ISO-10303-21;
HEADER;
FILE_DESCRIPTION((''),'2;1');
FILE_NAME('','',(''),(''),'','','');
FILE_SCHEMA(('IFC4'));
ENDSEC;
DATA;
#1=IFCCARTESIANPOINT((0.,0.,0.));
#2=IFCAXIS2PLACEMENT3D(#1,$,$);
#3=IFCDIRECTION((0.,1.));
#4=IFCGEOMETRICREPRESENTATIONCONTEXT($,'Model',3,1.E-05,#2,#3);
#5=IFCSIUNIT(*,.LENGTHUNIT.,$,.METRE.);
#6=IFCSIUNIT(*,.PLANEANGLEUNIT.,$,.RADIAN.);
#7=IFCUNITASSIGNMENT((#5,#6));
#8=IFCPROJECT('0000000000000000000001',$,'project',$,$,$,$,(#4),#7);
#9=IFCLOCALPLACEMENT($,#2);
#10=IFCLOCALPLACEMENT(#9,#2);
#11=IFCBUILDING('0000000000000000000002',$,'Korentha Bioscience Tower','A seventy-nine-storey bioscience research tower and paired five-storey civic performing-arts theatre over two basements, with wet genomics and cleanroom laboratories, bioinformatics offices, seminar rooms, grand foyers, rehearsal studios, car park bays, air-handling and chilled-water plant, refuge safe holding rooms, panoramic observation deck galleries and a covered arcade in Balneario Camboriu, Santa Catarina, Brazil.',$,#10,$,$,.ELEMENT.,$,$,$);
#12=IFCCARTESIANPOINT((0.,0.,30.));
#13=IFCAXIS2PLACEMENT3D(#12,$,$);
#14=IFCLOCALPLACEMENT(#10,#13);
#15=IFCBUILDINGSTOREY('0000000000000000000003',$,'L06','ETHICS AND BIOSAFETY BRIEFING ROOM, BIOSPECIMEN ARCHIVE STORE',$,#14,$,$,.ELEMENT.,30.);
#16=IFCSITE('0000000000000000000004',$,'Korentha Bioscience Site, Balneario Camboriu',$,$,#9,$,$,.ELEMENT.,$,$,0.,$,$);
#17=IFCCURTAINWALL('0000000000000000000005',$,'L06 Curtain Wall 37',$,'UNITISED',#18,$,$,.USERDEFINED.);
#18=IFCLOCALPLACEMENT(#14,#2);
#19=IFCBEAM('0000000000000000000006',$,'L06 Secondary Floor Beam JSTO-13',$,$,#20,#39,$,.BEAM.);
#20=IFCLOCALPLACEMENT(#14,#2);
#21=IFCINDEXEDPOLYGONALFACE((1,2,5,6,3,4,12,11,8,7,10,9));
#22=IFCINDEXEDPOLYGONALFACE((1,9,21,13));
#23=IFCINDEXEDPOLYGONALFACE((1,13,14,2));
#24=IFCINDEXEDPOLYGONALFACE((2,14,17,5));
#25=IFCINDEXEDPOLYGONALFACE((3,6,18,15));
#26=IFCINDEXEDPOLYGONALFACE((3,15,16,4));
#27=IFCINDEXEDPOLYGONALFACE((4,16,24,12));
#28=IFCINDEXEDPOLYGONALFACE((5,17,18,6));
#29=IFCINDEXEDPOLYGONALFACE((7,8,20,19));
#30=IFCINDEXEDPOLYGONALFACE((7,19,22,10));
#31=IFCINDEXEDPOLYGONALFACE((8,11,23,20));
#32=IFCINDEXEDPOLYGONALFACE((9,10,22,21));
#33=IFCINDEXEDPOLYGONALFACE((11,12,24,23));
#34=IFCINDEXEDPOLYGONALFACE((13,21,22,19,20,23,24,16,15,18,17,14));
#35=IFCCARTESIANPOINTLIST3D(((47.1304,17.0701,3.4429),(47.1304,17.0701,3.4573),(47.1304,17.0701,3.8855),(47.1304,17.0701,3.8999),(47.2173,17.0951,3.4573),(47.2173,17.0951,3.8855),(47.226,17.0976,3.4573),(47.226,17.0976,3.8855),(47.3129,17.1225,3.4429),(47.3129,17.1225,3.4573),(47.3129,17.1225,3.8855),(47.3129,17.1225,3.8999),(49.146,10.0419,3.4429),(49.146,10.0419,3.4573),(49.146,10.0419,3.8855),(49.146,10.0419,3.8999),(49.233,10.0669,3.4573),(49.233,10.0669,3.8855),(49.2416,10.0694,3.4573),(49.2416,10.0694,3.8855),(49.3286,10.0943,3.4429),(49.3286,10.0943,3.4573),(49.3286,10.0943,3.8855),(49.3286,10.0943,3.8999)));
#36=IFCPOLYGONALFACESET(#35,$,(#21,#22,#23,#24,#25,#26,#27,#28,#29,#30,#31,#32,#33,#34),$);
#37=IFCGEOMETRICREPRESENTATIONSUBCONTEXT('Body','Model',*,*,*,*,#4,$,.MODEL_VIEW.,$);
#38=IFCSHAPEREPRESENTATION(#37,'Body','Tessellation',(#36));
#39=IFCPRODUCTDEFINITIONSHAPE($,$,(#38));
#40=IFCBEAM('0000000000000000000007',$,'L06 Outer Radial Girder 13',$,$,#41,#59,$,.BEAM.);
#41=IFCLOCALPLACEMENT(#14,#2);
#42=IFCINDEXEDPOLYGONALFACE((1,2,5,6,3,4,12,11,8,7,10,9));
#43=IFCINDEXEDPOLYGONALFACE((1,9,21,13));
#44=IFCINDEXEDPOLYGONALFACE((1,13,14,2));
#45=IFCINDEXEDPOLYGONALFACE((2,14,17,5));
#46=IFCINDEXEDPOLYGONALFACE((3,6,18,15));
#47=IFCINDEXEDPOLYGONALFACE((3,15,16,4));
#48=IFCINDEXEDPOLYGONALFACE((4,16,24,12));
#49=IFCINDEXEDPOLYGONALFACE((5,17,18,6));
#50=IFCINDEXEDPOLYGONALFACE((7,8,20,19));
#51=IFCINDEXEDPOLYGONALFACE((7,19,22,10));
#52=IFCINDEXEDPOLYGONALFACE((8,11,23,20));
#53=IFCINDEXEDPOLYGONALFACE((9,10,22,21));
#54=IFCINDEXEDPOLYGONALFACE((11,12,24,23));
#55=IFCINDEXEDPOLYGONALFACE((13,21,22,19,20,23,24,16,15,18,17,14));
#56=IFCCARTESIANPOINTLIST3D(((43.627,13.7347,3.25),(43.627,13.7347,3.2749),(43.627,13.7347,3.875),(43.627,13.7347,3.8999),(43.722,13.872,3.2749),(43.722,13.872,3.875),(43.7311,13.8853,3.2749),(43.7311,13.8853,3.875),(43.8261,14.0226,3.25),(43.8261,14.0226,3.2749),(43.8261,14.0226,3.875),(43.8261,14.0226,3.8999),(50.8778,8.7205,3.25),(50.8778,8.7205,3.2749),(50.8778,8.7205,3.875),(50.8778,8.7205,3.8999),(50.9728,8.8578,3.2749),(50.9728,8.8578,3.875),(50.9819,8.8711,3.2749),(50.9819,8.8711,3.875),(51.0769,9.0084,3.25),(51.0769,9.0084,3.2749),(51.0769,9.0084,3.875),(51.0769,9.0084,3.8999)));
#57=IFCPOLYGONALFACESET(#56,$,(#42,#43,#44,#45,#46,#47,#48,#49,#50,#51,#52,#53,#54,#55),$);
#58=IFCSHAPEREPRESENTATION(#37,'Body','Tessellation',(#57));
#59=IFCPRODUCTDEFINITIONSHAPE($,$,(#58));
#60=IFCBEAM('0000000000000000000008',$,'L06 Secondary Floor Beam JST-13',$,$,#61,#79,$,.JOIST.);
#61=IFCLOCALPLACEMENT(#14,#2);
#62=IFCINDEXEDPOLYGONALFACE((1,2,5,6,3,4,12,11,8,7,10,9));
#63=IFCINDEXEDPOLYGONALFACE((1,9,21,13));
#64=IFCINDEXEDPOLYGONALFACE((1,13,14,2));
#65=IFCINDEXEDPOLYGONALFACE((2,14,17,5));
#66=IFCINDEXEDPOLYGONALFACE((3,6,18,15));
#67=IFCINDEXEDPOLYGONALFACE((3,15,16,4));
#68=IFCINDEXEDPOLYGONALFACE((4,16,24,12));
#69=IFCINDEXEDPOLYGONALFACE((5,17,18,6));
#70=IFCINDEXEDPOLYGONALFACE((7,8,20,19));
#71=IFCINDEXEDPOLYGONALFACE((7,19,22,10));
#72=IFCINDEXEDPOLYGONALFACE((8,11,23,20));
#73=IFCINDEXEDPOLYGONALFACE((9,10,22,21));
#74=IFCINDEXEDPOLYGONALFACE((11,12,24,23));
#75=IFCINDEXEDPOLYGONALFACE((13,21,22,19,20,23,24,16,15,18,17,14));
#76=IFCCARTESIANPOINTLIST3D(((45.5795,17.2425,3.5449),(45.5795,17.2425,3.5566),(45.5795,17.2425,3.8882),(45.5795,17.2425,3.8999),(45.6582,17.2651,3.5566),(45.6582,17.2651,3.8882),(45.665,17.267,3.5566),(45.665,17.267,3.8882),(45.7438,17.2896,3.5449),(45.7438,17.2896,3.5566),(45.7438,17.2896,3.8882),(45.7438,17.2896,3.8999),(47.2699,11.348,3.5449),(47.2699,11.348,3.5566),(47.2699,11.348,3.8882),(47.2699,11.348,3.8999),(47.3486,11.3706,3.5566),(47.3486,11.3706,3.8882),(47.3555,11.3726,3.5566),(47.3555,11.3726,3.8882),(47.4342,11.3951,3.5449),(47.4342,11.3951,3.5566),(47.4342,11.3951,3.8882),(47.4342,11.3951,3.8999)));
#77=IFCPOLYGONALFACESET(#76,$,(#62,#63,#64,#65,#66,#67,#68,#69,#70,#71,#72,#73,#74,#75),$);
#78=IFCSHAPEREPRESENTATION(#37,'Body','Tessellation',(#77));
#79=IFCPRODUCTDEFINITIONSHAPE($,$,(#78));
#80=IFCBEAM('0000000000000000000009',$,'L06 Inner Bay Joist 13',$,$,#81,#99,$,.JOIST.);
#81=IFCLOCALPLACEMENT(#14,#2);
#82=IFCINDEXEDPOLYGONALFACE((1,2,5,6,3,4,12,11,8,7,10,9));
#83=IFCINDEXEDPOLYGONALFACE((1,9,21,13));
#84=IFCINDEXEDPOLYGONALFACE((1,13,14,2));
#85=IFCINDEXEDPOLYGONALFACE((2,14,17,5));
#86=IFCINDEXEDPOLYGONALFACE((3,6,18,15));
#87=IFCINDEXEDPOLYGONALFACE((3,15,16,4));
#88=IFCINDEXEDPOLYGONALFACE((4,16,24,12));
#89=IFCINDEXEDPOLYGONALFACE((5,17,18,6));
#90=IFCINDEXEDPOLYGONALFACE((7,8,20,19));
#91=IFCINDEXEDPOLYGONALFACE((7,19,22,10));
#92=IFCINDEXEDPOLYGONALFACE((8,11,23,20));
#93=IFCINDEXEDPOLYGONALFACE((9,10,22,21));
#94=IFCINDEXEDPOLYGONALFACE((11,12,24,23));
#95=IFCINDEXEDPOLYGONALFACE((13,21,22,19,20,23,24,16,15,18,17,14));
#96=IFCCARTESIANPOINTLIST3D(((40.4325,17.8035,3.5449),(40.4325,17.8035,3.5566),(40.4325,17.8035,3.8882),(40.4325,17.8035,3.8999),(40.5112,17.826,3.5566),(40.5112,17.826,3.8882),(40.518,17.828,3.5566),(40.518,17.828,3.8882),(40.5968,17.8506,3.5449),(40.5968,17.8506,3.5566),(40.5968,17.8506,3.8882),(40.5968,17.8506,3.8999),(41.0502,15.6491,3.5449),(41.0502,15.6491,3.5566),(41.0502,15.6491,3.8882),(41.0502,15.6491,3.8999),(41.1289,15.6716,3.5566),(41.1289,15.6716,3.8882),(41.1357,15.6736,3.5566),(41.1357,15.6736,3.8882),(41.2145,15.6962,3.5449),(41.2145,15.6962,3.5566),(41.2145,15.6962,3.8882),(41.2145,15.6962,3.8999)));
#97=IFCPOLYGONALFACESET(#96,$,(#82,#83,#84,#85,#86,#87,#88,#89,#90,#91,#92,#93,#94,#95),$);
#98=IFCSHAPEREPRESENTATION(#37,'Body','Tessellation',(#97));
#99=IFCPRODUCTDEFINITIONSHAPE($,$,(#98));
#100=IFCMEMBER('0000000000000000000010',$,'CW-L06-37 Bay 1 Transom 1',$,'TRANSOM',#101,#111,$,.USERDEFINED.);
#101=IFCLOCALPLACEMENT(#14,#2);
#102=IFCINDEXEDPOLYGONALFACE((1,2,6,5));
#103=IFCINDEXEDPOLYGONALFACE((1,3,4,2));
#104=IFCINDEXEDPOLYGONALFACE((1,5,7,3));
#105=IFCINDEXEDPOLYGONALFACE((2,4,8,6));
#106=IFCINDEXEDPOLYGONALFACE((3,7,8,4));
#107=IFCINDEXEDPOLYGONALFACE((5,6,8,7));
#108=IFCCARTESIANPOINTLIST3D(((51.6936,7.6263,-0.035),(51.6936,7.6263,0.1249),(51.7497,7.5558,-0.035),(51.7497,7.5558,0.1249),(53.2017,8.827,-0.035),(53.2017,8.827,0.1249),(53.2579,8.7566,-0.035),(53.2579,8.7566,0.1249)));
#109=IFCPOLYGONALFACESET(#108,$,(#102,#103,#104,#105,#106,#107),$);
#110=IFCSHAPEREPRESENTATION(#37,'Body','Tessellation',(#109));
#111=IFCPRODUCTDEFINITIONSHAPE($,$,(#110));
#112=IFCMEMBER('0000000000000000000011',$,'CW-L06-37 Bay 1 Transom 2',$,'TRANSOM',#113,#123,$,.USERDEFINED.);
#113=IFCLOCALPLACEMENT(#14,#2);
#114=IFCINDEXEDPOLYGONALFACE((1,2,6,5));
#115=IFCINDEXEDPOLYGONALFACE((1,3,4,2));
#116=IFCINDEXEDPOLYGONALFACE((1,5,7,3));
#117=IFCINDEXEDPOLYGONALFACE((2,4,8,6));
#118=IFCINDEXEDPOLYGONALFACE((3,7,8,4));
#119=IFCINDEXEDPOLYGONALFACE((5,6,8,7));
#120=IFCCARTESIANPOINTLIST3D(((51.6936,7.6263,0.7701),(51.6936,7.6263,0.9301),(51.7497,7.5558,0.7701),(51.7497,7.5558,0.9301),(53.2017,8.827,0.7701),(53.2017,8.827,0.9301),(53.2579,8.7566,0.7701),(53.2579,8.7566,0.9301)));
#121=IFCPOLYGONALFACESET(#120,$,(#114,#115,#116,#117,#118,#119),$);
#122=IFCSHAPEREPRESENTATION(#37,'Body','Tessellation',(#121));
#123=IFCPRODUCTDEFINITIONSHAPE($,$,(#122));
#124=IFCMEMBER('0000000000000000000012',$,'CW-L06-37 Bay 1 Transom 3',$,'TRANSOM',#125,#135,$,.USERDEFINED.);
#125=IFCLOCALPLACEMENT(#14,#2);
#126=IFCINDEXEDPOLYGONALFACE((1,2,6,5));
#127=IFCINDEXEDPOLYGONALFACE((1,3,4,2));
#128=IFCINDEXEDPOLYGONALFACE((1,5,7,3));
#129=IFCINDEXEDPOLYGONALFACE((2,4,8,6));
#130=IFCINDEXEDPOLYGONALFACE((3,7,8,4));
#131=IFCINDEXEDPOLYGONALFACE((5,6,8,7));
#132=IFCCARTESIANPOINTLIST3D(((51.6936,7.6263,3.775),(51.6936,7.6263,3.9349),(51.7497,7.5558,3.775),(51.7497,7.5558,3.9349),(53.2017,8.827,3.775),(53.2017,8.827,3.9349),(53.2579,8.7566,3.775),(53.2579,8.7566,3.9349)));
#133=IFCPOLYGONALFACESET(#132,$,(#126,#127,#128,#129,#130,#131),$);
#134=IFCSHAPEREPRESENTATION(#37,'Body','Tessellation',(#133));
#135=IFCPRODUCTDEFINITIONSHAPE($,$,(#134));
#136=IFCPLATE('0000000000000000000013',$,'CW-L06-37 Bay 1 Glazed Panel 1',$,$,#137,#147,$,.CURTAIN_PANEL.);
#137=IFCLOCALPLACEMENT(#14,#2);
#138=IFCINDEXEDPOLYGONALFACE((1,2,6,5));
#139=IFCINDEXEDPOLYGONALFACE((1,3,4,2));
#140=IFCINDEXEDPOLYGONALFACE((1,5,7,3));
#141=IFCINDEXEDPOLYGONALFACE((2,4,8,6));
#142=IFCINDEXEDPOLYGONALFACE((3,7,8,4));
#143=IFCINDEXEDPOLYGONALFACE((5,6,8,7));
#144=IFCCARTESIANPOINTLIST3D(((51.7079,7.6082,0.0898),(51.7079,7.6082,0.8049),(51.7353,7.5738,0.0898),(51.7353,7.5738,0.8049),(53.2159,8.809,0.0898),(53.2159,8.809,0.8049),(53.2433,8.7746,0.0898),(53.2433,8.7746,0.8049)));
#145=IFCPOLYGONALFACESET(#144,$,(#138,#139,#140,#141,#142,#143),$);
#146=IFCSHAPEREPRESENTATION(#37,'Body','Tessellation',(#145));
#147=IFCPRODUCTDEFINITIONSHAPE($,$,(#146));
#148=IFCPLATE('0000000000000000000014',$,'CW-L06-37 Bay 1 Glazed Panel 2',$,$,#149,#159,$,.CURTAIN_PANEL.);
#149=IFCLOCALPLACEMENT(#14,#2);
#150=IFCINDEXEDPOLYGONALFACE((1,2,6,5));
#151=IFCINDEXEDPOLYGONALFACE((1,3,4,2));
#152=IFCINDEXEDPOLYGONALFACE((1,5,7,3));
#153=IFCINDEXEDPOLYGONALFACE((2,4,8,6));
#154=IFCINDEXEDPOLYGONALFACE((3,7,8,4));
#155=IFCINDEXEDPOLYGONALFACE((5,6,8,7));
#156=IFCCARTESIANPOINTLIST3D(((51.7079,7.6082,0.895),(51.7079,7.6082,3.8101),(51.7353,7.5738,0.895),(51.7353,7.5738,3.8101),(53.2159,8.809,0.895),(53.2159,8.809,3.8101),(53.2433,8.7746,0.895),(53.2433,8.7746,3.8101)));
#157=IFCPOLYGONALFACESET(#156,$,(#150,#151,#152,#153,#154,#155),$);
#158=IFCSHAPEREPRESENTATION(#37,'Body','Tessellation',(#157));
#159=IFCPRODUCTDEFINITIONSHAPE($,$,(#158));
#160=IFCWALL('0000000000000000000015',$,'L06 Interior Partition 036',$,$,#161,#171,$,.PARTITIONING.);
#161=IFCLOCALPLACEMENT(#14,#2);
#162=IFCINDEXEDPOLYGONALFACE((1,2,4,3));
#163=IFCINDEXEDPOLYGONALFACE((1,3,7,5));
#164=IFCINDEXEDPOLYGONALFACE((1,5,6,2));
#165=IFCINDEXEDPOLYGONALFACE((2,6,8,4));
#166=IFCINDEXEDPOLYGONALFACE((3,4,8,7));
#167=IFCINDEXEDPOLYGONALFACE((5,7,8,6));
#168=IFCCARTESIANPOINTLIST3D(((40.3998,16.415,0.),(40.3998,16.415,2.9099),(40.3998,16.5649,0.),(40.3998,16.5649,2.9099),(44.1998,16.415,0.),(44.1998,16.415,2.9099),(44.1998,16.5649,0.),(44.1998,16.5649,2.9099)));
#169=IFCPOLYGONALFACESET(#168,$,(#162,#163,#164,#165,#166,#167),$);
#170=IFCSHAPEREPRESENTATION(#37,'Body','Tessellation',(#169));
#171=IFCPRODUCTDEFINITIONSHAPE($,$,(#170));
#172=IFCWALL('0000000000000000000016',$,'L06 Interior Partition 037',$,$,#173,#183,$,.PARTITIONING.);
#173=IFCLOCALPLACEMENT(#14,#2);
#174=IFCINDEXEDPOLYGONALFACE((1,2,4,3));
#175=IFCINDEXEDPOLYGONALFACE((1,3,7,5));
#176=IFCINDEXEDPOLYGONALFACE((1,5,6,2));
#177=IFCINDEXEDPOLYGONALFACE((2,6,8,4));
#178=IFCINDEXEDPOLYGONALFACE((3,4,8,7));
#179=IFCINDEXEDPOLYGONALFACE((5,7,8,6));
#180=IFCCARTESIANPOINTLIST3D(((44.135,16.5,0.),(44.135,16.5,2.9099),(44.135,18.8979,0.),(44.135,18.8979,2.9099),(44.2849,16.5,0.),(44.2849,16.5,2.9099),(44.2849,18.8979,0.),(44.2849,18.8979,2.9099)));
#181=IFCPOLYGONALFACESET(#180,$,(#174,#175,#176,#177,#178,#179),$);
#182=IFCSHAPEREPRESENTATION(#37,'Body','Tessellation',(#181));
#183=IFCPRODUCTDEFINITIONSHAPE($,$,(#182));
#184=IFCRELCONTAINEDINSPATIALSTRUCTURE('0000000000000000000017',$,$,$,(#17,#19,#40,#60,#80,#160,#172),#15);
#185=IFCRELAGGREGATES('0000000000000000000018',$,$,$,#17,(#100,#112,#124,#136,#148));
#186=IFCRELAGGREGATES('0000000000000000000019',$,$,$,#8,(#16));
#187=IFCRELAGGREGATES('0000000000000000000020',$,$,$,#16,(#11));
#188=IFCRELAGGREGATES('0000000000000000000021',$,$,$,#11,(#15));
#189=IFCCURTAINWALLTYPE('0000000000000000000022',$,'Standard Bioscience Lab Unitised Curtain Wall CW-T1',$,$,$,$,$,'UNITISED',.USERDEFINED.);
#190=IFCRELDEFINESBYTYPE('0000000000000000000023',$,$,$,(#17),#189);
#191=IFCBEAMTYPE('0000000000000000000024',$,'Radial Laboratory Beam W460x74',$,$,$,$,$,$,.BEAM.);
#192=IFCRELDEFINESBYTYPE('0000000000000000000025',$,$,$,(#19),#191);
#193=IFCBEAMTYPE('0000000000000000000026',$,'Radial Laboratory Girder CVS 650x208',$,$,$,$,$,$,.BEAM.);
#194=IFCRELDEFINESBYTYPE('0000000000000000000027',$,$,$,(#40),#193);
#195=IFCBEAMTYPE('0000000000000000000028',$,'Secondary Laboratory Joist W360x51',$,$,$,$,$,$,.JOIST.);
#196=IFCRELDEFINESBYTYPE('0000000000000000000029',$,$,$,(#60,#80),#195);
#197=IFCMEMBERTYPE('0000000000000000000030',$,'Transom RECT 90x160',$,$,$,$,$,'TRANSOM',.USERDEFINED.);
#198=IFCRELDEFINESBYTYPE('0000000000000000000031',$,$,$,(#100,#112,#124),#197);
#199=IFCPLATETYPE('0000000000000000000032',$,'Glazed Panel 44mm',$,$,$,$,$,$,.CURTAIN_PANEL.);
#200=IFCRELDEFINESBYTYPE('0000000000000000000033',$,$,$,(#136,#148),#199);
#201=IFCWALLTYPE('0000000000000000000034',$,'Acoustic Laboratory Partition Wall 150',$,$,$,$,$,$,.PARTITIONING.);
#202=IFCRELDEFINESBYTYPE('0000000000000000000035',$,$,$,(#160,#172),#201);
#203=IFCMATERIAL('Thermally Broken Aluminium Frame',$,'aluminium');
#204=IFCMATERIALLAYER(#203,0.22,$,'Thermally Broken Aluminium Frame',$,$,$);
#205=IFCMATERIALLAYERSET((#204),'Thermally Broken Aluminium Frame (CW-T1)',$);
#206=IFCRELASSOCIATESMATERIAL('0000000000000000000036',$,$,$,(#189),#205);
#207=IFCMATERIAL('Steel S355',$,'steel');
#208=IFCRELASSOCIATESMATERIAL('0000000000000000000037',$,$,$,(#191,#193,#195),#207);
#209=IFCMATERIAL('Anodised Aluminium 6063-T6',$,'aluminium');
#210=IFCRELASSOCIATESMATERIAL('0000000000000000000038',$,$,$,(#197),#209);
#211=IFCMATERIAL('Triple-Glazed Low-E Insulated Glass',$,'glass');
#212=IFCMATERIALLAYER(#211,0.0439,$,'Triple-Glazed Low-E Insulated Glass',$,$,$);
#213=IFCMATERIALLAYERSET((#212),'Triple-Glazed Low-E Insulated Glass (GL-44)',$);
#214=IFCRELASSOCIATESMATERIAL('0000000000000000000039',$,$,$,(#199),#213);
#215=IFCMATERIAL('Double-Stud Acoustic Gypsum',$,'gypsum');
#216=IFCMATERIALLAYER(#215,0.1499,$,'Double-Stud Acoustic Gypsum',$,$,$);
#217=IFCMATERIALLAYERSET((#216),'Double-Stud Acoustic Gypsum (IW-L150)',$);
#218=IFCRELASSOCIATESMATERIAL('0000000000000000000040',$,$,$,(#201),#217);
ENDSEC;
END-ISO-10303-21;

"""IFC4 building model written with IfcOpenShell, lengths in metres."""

from ifc_helpers import new_model, si_unit, direction, frame, frame_2d, origin, origin_2d, place, context, subcontext, project, spatial, rectangle, i_section, extrude, material, layer, layer_set, material_profile, profile_set, type_object, element, aggregate, save


model = new_model("IFC4")

# Units and contexts
model_context = context("Model", 3, precision=1e-05, world=origin(), true_north=direction((0.0, 1.0)))
body_context = subcontext(model_context, "Body", "Model", "MODEL_VIEW")
ifc_project = project(units=[si_unit("LENGTHUNIT", "METRE"), si_unit("PLANEANGLEUNIT", "RADIAN")], contexts=[model_context])

# Site, building, storey
site_placement = place(None, origin())
site = spatial("IfcSite", under=ifc_project, at=site_placement, Name="Korentha Bioscience Site, Balneario Camboriu", CompositionType="ELEMENT", RefElevation=0.0)
building_placement = place(site_placement, origin())
building = spatial("IfcBuilding", under=site, at=building_placement, Name="Korentha Bioscience Tower", Description="A seventy-nine-storey bioscience research tower and paired five-storey civic performing-arts theatre over two basements, with wet genomics and cleanroom laboratories, bioinformatics offices, seminar rooms, grand foyers, rehearsal studios, car park bays, air-handling and chilled-water plant, refuge safe holding rooms, panoramic observation deck galleries and a covered arcade in Balneario Camboriu, Santa Catarina, Brazil.", CompositionType="ELEMENT")
storey_placement = place(building_placement, frame((0.0, 0.0, 30.0)))
storey = spatial("IfcBuildingStorey", under=building, at=storey_placement, Name="L06", Description="ETHICS AND BIOSAFETY BRIEFING ROOM, BIOSPECIMEN ARCHIVE STORE", CompositionType="ELEMENT", Elevation=30.0)

# Shared definitions
ifc_material_1 = material(Name="Steel S355", Category="steel")

# Curtain wall
ifc_material_2 = material(Name="Thermally Broken Aluminium Frame", Category="aluminium")
ifc_layer_1 = layer(ifc_material_2, 0.22, Name="Thermally Broken Aluminium Frame")
ifc_layer_set_1 = layer_set([ifc_layer_1], Name="Thermally Broken Aluminium Frame (CW-T1)")
curtain_wall_type = type_object("IfcCurtainWallType", Name="Standard Bioscience Lab Unitised Curtain Wall CW-T1", ElementType="UNITISED", PredefinedType="USERDEFINED", material=ifc_layer_set_1)
curtain_wall_1_placement = place(storey_placement, origin())
curtain_wall_1 = element("IfcCurtainWall", 1, at=curtain_wall_1_placement, inside=storey, type_object=curtain_wall_type, Name="L06 Curtain Wall 37", ObjectType="UNITISED", PredefinedType="USERDEFINED")
ifc_material_3 = material(Name="Anodised Aluminium 6063-T6", Category="aluminium")

# Beams
ifc_material_profile_1 = material_profile(ifc_material_1, i_section(OverallWidth=0.1899, OverallDepth=0.457, WebThickness=0.009, FlangeThickness=0.0144, at=origin_2d()), Name="Steel S355")
ifc_profile_set_1 = profile_set([ifc_material_profile_1], Name="Steel S355 (RB-460)")
beam_type_1 = type_object("IfcBeamType", Name="Radial Laboratory Beam W460x74", PredefinedType="BEAM", material=ifc_profile_set_1)
beam_1_placement = place(storey_placement, frame((49.2373, 10.0681, 3.6714), z_axis=(-0.275682, 0.961249, 0.0), x_axis=(-0.961249, -0.275682, 0.0)))
element("IfcBeam", 2, at=beam_1_placement, inside=storey, type_object=beam_type_1, Name="L06 Secondary Floor Beam JSTO-13", PredefinedType="BEAM", context=body_context, shape_type="SweptSolid", body=[
    extrude(i_section(OverallWidth=0.1899, OverallDepth=0.457, WebThickness=0.009, FlangeThickness=0.0144, at=origin_2d()), origin(), (0.0, 0.0, 1.0), 7.3115),
])
ifc_material_profile_2 = material_profile(ifc_material_1, i_section(OverallWidth=0.3501, OverallDepth=0.6499, WebThickness=0.0161, FlangeThickness=0.0249, at=origin_2d()), Name="Steel S355")
ifc_profile_set_2 = profile_set([ifc_material_profile_2], Name="Steel S355 (RB-650)")
beam_type_2 = type_object("IfcBeamType", Name="Radial Laboratory Girder CVS 650x208", PredefinedType="BEAM", material=ifc_profile_set_2)
beam_2_placement = place(storey_placement, frame((43.7266, 13.8787, 3.575), z_axis=(0.822488, -0.568782, 0.0), x_axis=(0.568782, 0.822488, 0.0)))
element("IfcBeam", 3, at=beam_2_placement, inside=storey, type_object=beam_type_2, Name="L06 Outer Radial Girder 13", PredefinedType="BEAM", context=body_context, shape_type="SweptSolid", body=[
    extrude(i_section(OverallWidth=0.3501, OverallDepth=0.6499, WebThickness=0.0161, FlangeThickness=0.0249, at=origin_2d()), origin(), (0.0, 0.0, 1.0), 8.8157),
])
ifc_material_profile_3 = material_profile(ifc_material_1, i_section(OverallWidth=0.1709, OverallDepth=0.355, WebThickness=0.0071, FlangeThickness=0.0117, at=origin_2d()), Name="Steel S355")
ifc_profile_set_3 = profile_set([ifc_material_profile_3], Name="Steel S355 (JB-360)")
beam_type_3 = type_object("IfcBeamType", Name="Secondary Laboratory Joist W360x51", PredefinedType="JOIST", material=ifc_profile_set_3)
beam_3_placement = place(storey_placement, frame((47.3521, 11.3716, 3.7224), z_axis=(-0.275668, 0.961253, 0.0), x_axis=(-0.961253, -0.275668, 0.0)))
element("IfcBeam", 4, at=beam_3_placement, inside=storey, type_object=beam_type_3, Name="L06 Secondary Floor Beam JST-13", PredefinedType="JOIST", context=body_context, shape_type="SweptSolid", body=[
    extrude(i_section(OverallWidth=0.1709, OverallDepth=0.355, WebThickness=0.0071, FlangeThickness=0.0117, at=origin_2d()), origin(), (0.0, 0.0, 1.0), 6.1321),
])
beam_4_placement = place(storey_placement, frame((41.1323, 15.6726, 3.7224), z_axis=(-0.275613, 0.961269, 0.0), x_axis=(-0.961269, -0.275613, 0.0)))
element("IfcBeam", 5, at=beam_4_placement, inside=storey, type_object=beam_type_3, Name="L06 Inner Bay Joist 13", PredefinedType="JOIST", context=body_context, shape_type="SweptSolid", body=[
    extrude(i_section(OverallWidth=0.1709, OverallDepth=0.355, WebThickness=0.0071, FlangeThickness=0.0117, at=origin_2d()), origin(), (0.0, 0.0, 1.0), 2.2412),
])

# Members
ifc_material_profile_4 = material_profile(ifc_material_3, rectangle(XDim=0.0901, YDim=0.1599, at=origin_2d()), Name="Anodised Aluminium 6063-T6")
ifc_profile_set_4 = profile_set([ifc_material_profile_4], Name="Anodised Aluminium 6063-T6 (CW-TRN)")
member_type_1 = type_object("IfcMemberType", Name="Transom RECT 90x160", ElementType="TRANSOM", PredefinedType="USERDEFINED", material=ifc_profile_set_4)
member_1_placement = place(storey_placement, frame((51.7217, 7.5911, 0.0449), z_axis=(0.782325, 0.622871, 0.0), x_axis=(-0.622871, 0.782325, 0.0)))
member_1 = element("IfcMember", 6, at=member_1_placement, type_object=member_type_1, Name="CW-L06-37 Bay 1 Transom 1", ObjectType="TRANSOM", PredefinedType="USERDEFINED", context=body_context, shape_type="SweptSolid", body=[
    extrude(rectangle(XDim=0.0901, YDim=0.1599, at=origin_2d()), origin(), (0.0, 0.0, 1.0), 1.9277),
])
member_2_placement = place(storey_placement, frame((51.7217, 7.5911, 0.8501), z_axis=(0.782325, 0.622871, 0.0), x_axis=(-0.622871, 0.782325, 0.0)))
member_2 = element("IfcMember", 7, at=member_2_placement, type_object=member_type_1, Name="CW-L06-37 Bay 1 Transom 2", ObjectType="TRANSOM", PredefinedType="USERDEFINED", context=body_context, shape_type="SweptSolid", body=[
    extrude(rectangle(XDim=0.0901, YDim=0.1599, at=origin_2d()), origin(), (0.0, 0.0, 1.0), 1.9277),
])
member_3_placement = place(storey_placement, frame((51.7217, 7.5911, 3.855), z_axis=(0.782325, 0.622871, 0.0), x_axis=(-0.622871, 0.782325, 0.0)))
member_3 = element("IfcMember", 8, at=member_3_placement, type_object=member_type_1, Name="CW-L06-37 Bay 1 Transom 3", ObjectType="TRANSOM", PredefinedType="USERDEFINED", context=body_context, shape_type="SweptSolid", body=[
    extrude(rectangle(XDim=0.0901, YDim=0.1599, at=origin_2d()), origin(), (0.0, 0.0, 1.0), 1.9277),
])

# Plates
ifc_material_4 = material(Name="Triple-Glazed Low-E Insulated Glass", Category="glass")
ifc_layer_2 = layer(ifc_material_4, 0.0439, Name="Triple-Glazed Low-E Insulated Glass")
ifc_layer_set_2 = layer_set([ifc_layer_2], Name="Triple-Glazed Low-E Insulated Glass (GL-44)")
plate_type = type_object("IfcPlateType", Name="Glazed Panel 44mm", PredefinedType="CURTAIN_PANEL", material=ifc_layer_set_2)
plate_1_placement = place(storey_placement, frame((52.4756, 8.1914, 0.0898), z_axis=(0.0, 0.0, 1.0), x_axis=(0.782288, 0.622917, 0.0)))
plate_1 = element("IfcPlate", 9, at=plate_1_placement, type_object=plate_type, Name="CW-L06-37 Bay 1 Glazed Panel 1", PredefinedType="CURTAIN_PANEL", context=body_context, shape_type="SweptSolid", body=[
    extrude(rectangle(XDim=1.9277, YDim=0.0439, at=origin_2d()), origin(), (0.0, 0.0, 1.0), 0.7151),
])
plate_2_placement = place(storey_placement, frame((52.4756, 8.1914, 0.895), z_axis=(0.0, 0.0, 1.0), x_axis=(0.782288, 0.622917, 0.0)))
plate_2 = element("IfcPlate", 10, at=plate_2_placement, type_object=plate_type, Name="CW-L06-37 Bay 1 Glazed Panel 2", PredefinedType="CURTAIN_PANEL", context=body_context, shape_type="SweptSolid", body=[
    extrude(rectangle(XDim=1.9277, YDim=0.0439, at=origin_2d()), origin(), (0.0, 0.0, 1.0), 2.915),
])
aggregate(curtain_wall_1, [member_1, member_2, member_3, plate_1, plate_2])

# Walls
ifc_material_5 = material(Name="Double-Stud Acoustic Gypsum", Category="gypsum")
ifc_layer_3 = layer(ifc_material_5, 0.1499, Name="Double-Stud Acoustic Gypsum")
ifc_layer_set_3 = layer_set([ifc_layer_3], Name="Double-Stud Acoustic Gypsum (IW-L150)")
wall_type_1 = type_object("IfcWallType", Name="Acoustic Laboratory Partition Wall 150", PredefinedType="PARTITIONING", material=ifc_layer_set_3)
wall_1_placement = place(storey_placement, frame((40.3999, 16.49, 0.0), z_axis=(0.0, 0.0, 1.0), x_axis=(1.0, 0.0, 0.0)))
element("IfcWall", 11, at=wall_1_placement, inside=storey, type_object=wall_type_1, Name="L06 Interior Partition 036", PredefinedType="PARTITIONING", context=body_context, shape_type="SweptSolid", body=[
    extrude(rectangle(XDim=3.8, YDim=0.1499, at=frame_2d((1.8999, 0.0))), origin(), (0.0, 0.0, 1.0), 2.9099),
])
wall_2_placement = place(storey_placement, frame((44.21, 16.5, 0.0), z_axis=(0.0, 0.0, 1.0), x_axis=(0.0, 1.0, 0.0)))
element("IfcWall", 12, at=wall_2_placement, inside=storey, type_object=wall_type_1, Name="L06 Interior Partition 037", PredefinedType="PARTITIONING", context=body_context, shape_type="SweptSolid", body=[
    extrude(rectangle(XDim=2.3979, YDim=0.1499, at=frame_2d((1.199, 0.0))), origin(), (0.0, 0.0, 1.0), 2.9099),
])

save(model, "model.ifc")
